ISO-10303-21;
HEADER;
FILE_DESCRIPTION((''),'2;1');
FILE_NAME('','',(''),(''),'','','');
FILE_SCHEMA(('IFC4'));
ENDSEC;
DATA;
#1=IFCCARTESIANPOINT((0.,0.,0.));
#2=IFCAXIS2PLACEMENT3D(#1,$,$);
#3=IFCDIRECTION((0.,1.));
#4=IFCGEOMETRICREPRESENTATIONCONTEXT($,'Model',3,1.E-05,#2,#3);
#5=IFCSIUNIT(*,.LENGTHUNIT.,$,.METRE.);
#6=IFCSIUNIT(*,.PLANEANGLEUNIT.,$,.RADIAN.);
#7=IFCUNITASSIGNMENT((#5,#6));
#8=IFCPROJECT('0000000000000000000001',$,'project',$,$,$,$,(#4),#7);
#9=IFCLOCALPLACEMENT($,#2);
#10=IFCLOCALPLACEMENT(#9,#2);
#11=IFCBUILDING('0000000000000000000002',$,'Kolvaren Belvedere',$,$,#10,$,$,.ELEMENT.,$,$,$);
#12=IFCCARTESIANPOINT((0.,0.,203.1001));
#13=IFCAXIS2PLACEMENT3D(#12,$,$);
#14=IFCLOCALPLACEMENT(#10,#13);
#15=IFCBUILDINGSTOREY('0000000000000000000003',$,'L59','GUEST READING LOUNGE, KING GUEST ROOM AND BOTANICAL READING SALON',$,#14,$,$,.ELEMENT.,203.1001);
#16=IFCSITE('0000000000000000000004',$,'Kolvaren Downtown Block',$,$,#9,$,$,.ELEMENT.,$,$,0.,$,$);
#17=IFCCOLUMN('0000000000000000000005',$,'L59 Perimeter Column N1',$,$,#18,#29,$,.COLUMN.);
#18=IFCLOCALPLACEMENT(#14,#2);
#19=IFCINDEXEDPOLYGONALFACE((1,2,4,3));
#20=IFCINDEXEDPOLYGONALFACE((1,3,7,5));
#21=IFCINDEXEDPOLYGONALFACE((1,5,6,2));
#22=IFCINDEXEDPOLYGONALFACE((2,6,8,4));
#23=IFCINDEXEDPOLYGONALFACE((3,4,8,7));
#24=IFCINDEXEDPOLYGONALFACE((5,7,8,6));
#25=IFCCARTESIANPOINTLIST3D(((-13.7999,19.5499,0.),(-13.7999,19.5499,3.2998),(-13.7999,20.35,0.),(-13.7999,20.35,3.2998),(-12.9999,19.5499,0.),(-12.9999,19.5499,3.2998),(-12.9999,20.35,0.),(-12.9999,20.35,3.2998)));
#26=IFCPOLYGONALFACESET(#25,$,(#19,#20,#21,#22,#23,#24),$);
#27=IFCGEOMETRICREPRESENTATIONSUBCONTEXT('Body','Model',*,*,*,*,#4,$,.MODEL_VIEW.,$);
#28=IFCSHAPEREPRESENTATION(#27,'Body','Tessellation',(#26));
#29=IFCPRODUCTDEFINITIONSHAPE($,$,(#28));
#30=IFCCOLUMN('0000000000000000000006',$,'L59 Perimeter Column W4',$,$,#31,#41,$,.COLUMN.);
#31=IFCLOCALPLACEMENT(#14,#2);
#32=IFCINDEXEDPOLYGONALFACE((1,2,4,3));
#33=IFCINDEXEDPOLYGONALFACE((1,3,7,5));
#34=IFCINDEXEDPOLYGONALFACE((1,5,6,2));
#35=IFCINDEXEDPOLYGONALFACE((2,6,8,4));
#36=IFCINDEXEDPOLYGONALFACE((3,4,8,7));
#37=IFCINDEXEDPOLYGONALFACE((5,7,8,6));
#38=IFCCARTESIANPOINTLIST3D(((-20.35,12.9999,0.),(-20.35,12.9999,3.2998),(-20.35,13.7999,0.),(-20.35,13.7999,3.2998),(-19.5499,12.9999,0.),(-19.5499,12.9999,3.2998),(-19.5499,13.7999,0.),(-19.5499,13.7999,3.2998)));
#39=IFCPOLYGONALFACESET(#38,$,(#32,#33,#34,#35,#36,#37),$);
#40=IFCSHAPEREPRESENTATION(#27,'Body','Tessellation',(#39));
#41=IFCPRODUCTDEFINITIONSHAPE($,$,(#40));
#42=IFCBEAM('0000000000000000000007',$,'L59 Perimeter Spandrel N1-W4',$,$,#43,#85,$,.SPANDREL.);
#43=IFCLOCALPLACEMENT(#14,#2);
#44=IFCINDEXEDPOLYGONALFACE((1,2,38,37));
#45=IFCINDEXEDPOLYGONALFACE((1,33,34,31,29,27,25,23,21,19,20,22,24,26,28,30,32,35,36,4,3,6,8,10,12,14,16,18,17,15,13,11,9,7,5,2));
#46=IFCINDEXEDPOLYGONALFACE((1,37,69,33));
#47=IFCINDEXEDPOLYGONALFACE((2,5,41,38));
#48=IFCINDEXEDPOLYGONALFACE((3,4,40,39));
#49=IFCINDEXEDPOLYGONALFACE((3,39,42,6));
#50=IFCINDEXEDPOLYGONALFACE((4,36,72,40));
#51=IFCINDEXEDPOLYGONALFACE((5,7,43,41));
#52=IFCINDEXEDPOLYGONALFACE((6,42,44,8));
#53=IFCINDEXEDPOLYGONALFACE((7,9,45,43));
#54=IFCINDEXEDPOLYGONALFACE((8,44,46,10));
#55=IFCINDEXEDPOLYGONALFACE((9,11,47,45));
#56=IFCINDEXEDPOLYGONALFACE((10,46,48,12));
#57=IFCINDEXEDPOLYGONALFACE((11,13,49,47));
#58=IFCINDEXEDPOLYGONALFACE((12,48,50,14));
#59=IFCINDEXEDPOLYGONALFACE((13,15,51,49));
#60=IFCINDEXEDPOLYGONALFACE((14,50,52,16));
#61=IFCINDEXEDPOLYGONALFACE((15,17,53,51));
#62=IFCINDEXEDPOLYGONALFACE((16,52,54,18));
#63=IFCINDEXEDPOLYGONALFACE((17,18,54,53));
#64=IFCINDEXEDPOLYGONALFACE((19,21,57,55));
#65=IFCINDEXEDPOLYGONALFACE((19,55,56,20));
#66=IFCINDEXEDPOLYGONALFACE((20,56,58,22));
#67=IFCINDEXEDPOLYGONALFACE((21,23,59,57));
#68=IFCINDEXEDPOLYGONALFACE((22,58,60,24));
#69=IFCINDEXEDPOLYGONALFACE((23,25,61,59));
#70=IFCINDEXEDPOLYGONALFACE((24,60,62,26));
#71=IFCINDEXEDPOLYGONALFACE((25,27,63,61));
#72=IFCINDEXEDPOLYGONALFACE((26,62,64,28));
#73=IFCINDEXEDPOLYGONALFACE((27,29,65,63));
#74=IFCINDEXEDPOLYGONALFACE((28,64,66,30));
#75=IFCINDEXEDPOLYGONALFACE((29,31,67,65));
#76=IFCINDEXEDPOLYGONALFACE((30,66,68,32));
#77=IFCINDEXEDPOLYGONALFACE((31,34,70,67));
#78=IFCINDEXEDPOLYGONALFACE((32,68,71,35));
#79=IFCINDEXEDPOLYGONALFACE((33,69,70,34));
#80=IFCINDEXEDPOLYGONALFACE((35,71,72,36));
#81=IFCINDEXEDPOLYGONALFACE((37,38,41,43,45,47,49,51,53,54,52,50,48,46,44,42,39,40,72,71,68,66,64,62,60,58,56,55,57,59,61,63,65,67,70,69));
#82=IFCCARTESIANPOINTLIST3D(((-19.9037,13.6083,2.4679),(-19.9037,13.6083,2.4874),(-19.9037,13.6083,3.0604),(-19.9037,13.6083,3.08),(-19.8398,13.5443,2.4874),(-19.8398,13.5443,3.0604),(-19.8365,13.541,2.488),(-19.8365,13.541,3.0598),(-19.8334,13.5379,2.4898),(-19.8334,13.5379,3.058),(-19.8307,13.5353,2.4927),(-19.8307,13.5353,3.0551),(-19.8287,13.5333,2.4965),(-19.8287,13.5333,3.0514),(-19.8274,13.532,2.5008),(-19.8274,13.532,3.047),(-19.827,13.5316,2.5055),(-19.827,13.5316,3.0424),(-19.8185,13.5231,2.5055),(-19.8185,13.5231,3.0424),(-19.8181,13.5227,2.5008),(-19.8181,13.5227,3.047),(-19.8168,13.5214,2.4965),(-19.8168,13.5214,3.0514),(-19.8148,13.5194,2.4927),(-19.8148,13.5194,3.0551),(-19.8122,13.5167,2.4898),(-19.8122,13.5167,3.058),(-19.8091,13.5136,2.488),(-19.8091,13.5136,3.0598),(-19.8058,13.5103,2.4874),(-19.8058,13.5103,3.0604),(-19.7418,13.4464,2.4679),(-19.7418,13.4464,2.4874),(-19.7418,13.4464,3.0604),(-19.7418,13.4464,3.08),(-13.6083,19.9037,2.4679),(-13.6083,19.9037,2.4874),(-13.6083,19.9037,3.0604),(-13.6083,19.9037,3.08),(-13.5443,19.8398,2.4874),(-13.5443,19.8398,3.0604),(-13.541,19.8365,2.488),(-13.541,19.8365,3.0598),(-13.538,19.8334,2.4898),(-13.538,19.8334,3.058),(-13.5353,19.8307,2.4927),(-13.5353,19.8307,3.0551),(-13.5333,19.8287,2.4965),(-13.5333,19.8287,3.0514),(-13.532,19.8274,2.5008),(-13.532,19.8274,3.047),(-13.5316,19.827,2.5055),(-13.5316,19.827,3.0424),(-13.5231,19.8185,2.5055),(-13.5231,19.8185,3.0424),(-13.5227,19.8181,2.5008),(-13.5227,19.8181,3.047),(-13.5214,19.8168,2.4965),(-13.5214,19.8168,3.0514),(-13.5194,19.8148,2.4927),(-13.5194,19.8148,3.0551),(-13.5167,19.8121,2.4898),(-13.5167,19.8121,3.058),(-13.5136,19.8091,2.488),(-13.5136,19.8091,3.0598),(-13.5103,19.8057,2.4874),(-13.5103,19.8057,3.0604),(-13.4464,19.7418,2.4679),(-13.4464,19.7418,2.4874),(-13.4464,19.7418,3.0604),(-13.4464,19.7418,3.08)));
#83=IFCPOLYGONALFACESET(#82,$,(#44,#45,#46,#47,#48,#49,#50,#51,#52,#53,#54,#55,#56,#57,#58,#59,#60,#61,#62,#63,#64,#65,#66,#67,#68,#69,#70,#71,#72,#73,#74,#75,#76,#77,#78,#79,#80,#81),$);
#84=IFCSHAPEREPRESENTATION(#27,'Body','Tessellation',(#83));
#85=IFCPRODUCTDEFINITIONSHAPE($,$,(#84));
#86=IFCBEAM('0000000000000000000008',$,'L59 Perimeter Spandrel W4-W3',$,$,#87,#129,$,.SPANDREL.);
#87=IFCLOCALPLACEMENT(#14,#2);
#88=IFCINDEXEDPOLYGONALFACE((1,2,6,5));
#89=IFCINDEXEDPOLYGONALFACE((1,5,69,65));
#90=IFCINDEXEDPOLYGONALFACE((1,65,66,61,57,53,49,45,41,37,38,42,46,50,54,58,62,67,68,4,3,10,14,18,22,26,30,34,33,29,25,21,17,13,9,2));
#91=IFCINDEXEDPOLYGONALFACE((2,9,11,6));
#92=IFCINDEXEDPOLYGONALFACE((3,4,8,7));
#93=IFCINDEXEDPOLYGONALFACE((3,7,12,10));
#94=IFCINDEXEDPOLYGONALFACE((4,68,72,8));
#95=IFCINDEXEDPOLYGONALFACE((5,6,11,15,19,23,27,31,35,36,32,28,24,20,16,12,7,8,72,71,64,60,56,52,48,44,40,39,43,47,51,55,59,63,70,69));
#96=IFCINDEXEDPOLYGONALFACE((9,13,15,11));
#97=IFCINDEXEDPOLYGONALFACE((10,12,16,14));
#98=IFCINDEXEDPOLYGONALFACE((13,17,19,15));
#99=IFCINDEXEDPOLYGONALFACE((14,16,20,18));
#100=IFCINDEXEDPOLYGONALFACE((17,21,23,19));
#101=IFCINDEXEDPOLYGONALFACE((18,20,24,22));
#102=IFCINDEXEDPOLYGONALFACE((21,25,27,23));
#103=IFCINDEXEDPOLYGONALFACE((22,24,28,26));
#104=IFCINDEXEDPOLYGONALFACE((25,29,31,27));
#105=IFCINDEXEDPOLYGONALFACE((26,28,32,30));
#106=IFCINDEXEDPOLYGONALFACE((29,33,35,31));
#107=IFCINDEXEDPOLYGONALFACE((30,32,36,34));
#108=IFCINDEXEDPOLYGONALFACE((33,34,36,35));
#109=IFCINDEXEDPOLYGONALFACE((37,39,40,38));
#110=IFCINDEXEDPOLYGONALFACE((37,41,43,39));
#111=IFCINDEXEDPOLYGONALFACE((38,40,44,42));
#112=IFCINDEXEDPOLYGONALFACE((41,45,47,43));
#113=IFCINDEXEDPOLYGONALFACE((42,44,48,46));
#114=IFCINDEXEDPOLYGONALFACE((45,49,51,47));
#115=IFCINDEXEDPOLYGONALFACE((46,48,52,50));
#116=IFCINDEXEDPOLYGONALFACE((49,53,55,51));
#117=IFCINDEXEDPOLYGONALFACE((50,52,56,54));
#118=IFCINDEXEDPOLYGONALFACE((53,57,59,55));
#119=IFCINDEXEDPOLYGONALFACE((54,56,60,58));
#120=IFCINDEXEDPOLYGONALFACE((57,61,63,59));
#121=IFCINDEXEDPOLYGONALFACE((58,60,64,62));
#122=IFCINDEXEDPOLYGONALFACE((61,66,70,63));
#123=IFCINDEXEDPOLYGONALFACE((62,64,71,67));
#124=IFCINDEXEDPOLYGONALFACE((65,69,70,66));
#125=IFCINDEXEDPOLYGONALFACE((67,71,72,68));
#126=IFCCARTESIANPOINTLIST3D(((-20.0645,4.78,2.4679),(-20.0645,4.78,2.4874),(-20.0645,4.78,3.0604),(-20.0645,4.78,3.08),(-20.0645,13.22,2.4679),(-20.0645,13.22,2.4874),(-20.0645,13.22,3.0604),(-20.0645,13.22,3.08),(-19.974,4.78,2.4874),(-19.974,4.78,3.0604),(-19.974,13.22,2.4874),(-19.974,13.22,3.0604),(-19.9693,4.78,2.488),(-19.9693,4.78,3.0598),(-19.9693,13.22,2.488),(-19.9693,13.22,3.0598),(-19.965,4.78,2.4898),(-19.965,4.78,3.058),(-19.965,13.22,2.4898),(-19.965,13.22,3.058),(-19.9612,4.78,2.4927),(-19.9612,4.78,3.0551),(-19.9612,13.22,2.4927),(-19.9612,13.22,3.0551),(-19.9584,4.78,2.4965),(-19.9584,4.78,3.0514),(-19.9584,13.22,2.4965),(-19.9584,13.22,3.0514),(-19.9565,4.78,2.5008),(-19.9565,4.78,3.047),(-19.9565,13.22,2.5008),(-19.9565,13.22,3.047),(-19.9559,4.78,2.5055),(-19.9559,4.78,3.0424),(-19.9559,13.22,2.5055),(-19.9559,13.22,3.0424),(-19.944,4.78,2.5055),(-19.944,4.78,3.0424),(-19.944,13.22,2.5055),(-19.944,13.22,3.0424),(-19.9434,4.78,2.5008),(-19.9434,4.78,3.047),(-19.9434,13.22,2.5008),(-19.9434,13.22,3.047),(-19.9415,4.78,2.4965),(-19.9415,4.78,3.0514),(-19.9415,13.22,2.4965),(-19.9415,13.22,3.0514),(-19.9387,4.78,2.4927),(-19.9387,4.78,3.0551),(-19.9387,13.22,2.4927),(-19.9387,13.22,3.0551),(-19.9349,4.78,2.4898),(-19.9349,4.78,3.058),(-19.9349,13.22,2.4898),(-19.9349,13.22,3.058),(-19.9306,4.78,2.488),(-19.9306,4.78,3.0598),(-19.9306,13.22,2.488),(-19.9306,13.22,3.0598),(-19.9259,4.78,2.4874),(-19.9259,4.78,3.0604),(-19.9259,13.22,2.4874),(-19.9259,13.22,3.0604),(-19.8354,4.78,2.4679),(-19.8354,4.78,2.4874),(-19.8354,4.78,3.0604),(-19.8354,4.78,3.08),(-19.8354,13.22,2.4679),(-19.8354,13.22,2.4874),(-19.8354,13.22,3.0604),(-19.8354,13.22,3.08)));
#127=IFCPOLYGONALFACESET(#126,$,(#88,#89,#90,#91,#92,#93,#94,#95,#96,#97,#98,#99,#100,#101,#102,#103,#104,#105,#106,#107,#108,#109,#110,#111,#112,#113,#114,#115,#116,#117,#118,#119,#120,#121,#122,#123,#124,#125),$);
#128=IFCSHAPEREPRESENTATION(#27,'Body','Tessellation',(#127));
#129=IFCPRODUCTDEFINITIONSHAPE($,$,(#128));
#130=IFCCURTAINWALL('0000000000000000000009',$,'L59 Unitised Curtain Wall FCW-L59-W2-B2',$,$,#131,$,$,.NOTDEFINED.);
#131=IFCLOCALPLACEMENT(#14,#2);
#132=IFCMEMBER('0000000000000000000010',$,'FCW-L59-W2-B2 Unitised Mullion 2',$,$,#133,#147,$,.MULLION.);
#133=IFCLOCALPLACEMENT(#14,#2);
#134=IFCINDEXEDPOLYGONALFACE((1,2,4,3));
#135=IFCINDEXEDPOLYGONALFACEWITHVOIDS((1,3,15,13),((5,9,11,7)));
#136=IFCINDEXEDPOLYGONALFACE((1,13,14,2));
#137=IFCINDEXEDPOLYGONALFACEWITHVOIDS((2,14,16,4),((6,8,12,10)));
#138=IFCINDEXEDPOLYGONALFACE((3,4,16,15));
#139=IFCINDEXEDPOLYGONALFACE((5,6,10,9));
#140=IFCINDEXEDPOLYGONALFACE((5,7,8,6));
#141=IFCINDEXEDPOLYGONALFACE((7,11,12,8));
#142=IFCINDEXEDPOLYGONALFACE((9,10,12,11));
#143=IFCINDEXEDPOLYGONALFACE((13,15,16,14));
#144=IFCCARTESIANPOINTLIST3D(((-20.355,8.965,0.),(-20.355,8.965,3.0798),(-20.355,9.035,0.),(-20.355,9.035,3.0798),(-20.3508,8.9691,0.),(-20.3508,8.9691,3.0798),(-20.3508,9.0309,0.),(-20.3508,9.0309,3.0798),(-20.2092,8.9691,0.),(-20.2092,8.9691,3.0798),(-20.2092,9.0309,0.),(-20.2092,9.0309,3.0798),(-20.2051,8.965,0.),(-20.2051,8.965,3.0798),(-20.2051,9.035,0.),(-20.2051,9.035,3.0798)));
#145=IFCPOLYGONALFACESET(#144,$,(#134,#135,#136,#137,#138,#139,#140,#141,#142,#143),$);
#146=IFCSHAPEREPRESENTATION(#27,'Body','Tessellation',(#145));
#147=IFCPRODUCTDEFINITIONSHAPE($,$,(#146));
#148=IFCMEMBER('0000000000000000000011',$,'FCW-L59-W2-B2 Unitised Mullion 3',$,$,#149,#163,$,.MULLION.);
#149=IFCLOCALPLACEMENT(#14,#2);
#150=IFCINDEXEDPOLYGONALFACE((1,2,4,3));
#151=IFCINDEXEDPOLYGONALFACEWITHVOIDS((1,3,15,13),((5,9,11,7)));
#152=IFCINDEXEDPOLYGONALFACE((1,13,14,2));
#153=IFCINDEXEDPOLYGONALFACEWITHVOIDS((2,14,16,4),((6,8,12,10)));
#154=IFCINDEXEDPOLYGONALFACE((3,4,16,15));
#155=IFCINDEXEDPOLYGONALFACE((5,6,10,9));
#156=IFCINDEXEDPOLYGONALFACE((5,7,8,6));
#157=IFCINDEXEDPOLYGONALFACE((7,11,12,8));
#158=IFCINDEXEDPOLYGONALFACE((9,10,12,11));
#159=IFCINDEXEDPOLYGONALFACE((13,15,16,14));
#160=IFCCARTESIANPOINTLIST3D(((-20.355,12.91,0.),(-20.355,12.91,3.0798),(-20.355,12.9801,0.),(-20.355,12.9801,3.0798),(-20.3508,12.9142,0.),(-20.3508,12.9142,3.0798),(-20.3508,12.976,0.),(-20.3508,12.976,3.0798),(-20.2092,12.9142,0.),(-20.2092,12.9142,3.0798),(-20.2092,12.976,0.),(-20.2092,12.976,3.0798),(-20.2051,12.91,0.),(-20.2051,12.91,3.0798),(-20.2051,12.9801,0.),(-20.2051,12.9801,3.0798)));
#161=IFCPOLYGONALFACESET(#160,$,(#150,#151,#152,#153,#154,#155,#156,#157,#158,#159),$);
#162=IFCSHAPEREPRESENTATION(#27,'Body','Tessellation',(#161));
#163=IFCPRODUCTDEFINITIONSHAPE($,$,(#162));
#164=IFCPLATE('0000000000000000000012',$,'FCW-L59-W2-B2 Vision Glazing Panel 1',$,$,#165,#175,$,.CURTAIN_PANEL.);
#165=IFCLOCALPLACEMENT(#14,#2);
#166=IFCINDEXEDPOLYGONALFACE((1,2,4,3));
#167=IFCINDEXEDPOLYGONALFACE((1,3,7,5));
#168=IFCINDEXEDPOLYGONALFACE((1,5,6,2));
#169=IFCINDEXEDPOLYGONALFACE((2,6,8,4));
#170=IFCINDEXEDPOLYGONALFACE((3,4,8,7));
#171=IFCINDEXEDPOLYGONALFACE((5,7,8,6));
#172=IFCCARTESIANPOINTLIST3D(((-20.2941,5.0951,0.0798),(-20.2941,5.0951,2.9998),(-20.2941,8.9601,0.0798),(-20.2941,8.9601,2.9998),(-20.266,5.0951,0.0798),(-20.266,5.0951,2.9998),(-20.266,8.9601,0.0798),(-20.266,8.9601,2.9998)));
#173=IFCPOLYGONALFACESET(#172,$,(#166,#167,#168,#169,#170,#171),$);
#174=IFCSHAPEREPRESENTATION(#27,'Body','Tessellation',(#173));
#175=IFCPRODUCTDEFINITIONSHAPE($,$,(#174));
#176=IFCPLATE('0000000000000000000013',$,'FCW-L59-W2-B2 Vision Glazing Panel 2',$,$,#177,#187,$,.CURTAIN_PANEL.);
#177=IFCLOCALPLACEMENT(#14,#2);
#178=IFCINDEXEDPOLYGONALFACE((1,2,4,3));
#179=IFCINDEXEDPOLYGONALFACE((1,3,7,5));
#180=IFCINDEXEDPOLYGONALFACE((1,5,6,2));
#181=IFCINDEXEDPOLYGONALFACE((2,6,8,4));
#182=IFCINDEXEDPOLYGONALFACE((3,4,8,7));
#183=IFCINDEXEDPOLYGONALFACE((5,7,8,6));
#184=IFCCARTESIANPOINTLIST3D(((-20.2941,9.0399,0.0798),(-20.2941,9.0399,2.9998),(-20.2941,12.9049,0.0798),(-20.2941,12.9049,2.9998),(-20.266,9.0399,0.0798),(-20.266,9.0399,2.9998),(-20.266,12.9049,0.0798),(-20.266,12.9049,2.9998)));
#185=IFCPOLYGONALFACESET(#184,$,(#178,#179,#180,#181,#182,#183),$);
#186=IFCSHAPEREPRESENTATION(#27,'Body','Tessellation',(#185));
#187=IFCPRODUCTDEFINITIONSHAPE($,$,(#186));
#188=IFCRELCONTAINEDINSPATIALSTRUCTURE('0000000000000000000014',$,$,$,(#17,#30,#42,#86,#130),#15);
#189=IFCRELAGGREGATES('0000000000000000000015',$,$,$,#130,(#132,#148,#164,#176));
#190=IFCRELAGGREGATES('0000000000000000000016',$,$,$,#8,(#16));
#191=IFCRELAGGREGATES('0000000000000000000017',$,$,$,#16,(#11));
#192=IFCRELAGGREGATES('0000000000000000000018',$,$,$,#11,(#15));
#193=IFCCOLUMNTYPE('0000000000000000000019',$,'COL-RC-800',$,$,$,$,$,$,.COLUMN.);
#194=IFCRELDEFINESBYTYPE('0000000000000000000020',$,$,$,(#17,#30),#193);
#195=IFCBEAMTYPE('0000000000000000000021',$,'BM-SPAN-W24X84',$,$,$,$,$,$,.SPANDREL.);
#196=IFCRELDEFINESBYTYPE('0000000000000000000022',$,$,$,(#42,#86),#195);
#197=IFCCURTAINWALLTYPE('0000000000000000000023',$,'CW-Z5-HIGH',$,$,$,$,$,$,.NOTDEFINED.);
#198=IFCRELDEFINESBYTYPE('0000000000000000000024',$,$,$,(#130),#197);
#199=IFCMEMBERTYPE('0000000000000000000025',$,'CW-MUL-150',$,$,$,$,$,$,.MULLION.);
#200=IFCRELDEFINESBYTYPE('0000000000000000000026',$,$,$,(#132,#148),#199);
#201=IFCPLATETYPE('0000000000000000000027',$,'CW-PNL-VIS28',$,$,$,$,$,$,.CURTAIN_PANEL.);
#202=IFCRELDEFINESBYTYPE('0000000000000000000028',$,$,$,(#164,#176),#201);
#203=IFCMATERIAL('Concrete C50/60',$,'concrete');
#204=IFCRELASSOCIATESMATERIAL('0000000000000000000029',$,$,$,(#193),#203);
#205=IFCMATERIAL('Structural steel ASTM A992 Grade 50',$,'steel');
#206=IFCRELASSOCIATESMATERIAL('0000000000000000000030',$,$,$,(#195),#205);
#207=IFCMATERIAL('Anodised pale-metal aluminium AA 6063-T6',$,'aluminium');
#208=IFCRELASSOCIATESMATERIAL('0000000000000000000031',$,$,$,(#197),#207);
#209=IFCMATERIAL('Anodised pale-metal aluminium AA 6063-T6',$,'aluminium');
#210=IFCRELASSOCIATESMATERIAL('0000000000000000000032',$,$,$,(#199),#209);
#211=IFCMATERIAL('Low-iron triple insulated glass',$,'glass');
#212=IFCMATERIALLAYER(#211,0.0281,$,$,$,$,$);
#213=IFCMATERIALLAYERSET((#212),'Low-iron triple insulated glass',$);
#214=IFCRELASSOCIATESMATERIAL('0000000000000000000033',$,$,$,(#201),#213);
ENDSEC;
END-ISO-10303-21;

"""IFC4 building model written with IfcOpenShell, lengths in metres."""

from ifc_helpers import new_model, si_unit, direction, frame, origin, origin_2d, place, context, subcontext, project, spatial, rectangle, hollow_rectangle, i_section, extrude, material, layer, layer_set, material_profile, profile_set, type_object, element, aggregate, save


model = new_model("IFC4")

# Units and contexts
model_context = context("Model", 3, precision=1e-05, world=origin(), true_north=direction((0.0, 1.0)))
body_context = subcontext(model_context, "Body", "Model", "MODEL_VIEW")
ifc_project = project(units=[si_unit("LENGTHUNIT", "METRE"), si_unit("PLANEANGLEUNIT", "RADIAN")], contexts=[model_context])

# Site, building, storey
site_placement = place(None, origin())
site = spatial("IfcSite", under=ifc_project, at=site_placement, Name="Kolvaren Downtown Block", CompositionType="ELEMENT", RefElevation=0.0)
building_placement = place(site_placement, origin())
building = spatial("IfcBuilding", under=site, at=building_placement, Name="Kolvaren Belvedere", CompositionType="ELEMENT")
storey_placement = place(building_placement, frame((0.0, 0.0, 203.1001)))
storey = spatial("IfcBuildingStorey", under=building, at=storey_placement, Name="L59", Description="GUEST READING LOUNGE, KING GUEST ROOM AND BOTANICAL READING SALON", CompositionType="ELEMENT", Elevation=203.1001)

# Columns
ifc_material_1 = material(Name="Concrete C50/60", Category="concrete")
ifc_material_profile_1 = material_profile(ifc_material_1, rectangle(XDim=0.8, YDim=0.8, at=origin_2d()), Name="RC 800X800")
ifc_profile_set_1 = profile_set([ifc_material_profile_1], Name="Concrete C50/60")
column_type = type_object("IfcColumnType", Name="COL-RC-800", PredefinedType="COLUMN", material=ifc_profile_set_1)
for number, where, z_axis, x_axis, name in (
    (1, (-13.3999, 19.95, 0.0), (0.0, 0.0, 1.0), (1.0, 0.0, 0.0), "L59 Perimeter Column N1"),
    (2, (-19.95, 13.3999, 0.0), (0.0, 0.0, 1.0), (1.0, 0.0, 0.0), "L59 Perimeter Column W4"),
):
    element("IfcColumn", number, at=place(storey_placement, frame(where, z_axis=z_axis, x_axis=x_axis)), inside=storey, type_object=column_type, Name=name, PredefinedType="COLUMN", context=body_context, shape_type="SweptSolid", body=[
        extrude(rectangle(XDim=0.8, YDim=0.8, at=origin_2d()), origin(), (0.0, 0.0, 1.0), 3.2998),
    ])

# Beams
ifc_material_2 = material(Name="Structural steel ASTM A992 Grade 50", Category="steel")
ifc_material_profile_2 = material_profile(ifc_material_2, i_section(OverallWidth=0.229, OverallDepth=0.6121, WebThickness=0.012, FlangeThickness=0.0195, FilletRadius=0.0181, at=origin_2d()), Name="W24X84")
ifc_profile_set_2 = profile_set([ifc_material_profile_2], Name="Structural steel ASTM A992 Grade 50")
beam_type = type_object("IfcBeamType", Name="BM-SPAN-W24X84", PredefinedType="SPANDREL", material=ifc_profile_set_2)
beam_1_placement = place(storey_placement, frame((-13.5273, 19.8228, 2.7739), z_axis=(-0.707107, -0.707107, 0.0), x_axis=(0.707107, -0.707107, 0.0)))
element("IfcBeam", 3, at=beam_1_placement, inside=storey, type_object=beam_type, Name="L59 Perimeter Spandrel N1-W4", PredefinedType="SPANDREL", context=body_context, shape_type="SweptSolid", body=[
    extrude(i_section(OverallWidth=0.229, OverallDepth=0.6121, WebThickness=0.012, FlangeThickness=0.0195, FilletRadius=0.0181, at=origin_2d()), origin(), (0.0, 0.0, 1.0), 8.9031),
])
beam_2_placement = place(storey_placement, frame((-19.95, 13.22, 2.7739), z_axis=(0.0, -1.0, 0.0), x_axis=(1.0, 0.0, 0.0)))
element("IfcBeam", 4, at=beam_2_placement, inside=storey, type_object=beam_type, Name="L59 Perimeter Spandrel W4-W3", PredefinedType="SPANDREL", context=body_context, shape_type="SweptSolid", body=[
    extrude(i_section(OverallWidth=0.229, OverallDepth=0.6121, WebThickness=0.012, FlangeThickness=0.0195, FilletRadius=0.0181, at=origin_2d()), origin(), (0.0, 0.0, 1.0), 8.4399),
])

# Curtain wall, members, plates
ifc_material_3 = material(Name="Anodised pale-metal aluminium AA 6063-T6", Category="aluminium")
curtain_wall_type = type_object("IfcCurtainWallType", Name="CW-Z5-HIGH", PredefinedType="NOTDEFINED", material=ifc_material_3)
curtain_wall_placement = place(storey_placement, origin())
curtain_wall = element("IfcCurtainWall", 5, at=curtain_wall_placement, inside=storey, type_object=curtain_wall_type, Name="L59 Unitised Curtain Wall FCW-L59-W2-B2", PredefinedType="NOTDEFINED")
ifc_material_4 = material(Name="Anodised pale-metal aluminium AA 6063-T6", Category="aluminium")
ifc_material_profile_3 = material_profile(ifc_material_4, hollow_rectangle(XDim=0.0701, YDim=0.1499, WallThickness=0.0042, at=origin_2d()), Name="ALU-MUL-150X70")
ifc_profile_set_3 = profile_set([ifc_material_profile_3], Name="Anodised pale-metal aluminium AA 6063-T6")
member_type = type_object("IfcMemberType", Name="CW-MUL-150", PredefinedType="MULLION", material=ifc_profile_set_3)
member_1_placement = place(storey_placement, frame((-20.28, 9.0, 0.0), z_axis=(0.0, 0.0, 1.0), x_axis=(0.0, 1.0, 0.0)))
member_1 = element("IfcMember", 6, at=member_1_placement, type_object=member_type, Name="FCW-L59-W2-B2 Unitised Mullion 2", PredefinedType="MULLION", context=body_context, shape_type="SweptSolid", body=[
    extrude(hollow_rectangle(XDim=0.0701, YDim=0.1499, WallThickness=0.0042, at=origin_2d()), origin(), (0.0, 0.0, 1.0), 3.0798),
])
member_2_placement = place(storey_placement, frame((-20.28, 12.9451, 0.0), z_axis=(0.0, 0.0, 1.0), x_axis=(0.0, 1.0, 0.0)))
member_2 = element("IfcMember", 7, at=member_2_placement, type_object=member_type, Name="FCW-L59-W2-B2 Unitised Mullion 3", PredefinedType="MULLION", context=body_context, shape_type="SweptSolid", body=[
    extrude(hollow_rectangle(XDim=0.0701, YDim=0.1499, WallThickness=0.0042, at=origin_2d()), origin(), (0.0, 0.0, 1.0), 3.0798),
])
ifc_material_5 = material(Name="Low-iron triple insulated glass", Category="glass")
ifc_layer_1 = layer(ifc_material_5, 0.0281)
ifc_layer_set_1 = layer_set([ifc_layer_1], Name="Low-iron triple insulated glass")
plate_type_1 = type_object("IfcPlateType", Name="CW-PNL-VIS28", PredefinedType="CURTAIN_PANEL", material=ifc_layer_set_1)
plate_1_placement = place(storey_placement, frame((-20.28, 7.0276, 0.0798), z_axis=(0.0, 0.0, 1.0), x_axis=(0.0, 1.0, 0.0)))
plate_1 = element("IfcPlate", 8, at=plate_1_placement, type_object=plate_type_1, Name="FCW-L59-W2-B2 Vision Glazing Panel 1", PredefinedType="CURTAIN_PANEL", context=body_context, shape_type="SweptSolid", body=[
    extrude(rectangle(XDim=3.865, YDim=0.0281, at=origin_2d()), origin(), (0.0, 0.0, 1.0), 2.9199),
])
plate_2_placement = place(storey_placement, frame((-20.28, 10.9724, 0.0798), z_axis=(0.0, 0.0, 1.0), x_axis=(0.0, 1.0, 0.0)))
plate_2 = element("IfcPlate", 9, at=plate_2_placement, type_object=plate_type_1, Name="FCW-L59-W2-B2 Vision Glazing Panel 2", PredefinedType="CURTAIN_PANEL", context=body_context, shape_type="SweptSolid", body=[
    extrude(rectangle(XDim=3.865, YDim=0.0281, at=origin_2d()), origin(), (0.0, 0.0, 1.0), 2.9199),
])
aggregate(curtain_wall, [member_1, member_2, plate_1, plate_2])

save(model, "model.ifc")
